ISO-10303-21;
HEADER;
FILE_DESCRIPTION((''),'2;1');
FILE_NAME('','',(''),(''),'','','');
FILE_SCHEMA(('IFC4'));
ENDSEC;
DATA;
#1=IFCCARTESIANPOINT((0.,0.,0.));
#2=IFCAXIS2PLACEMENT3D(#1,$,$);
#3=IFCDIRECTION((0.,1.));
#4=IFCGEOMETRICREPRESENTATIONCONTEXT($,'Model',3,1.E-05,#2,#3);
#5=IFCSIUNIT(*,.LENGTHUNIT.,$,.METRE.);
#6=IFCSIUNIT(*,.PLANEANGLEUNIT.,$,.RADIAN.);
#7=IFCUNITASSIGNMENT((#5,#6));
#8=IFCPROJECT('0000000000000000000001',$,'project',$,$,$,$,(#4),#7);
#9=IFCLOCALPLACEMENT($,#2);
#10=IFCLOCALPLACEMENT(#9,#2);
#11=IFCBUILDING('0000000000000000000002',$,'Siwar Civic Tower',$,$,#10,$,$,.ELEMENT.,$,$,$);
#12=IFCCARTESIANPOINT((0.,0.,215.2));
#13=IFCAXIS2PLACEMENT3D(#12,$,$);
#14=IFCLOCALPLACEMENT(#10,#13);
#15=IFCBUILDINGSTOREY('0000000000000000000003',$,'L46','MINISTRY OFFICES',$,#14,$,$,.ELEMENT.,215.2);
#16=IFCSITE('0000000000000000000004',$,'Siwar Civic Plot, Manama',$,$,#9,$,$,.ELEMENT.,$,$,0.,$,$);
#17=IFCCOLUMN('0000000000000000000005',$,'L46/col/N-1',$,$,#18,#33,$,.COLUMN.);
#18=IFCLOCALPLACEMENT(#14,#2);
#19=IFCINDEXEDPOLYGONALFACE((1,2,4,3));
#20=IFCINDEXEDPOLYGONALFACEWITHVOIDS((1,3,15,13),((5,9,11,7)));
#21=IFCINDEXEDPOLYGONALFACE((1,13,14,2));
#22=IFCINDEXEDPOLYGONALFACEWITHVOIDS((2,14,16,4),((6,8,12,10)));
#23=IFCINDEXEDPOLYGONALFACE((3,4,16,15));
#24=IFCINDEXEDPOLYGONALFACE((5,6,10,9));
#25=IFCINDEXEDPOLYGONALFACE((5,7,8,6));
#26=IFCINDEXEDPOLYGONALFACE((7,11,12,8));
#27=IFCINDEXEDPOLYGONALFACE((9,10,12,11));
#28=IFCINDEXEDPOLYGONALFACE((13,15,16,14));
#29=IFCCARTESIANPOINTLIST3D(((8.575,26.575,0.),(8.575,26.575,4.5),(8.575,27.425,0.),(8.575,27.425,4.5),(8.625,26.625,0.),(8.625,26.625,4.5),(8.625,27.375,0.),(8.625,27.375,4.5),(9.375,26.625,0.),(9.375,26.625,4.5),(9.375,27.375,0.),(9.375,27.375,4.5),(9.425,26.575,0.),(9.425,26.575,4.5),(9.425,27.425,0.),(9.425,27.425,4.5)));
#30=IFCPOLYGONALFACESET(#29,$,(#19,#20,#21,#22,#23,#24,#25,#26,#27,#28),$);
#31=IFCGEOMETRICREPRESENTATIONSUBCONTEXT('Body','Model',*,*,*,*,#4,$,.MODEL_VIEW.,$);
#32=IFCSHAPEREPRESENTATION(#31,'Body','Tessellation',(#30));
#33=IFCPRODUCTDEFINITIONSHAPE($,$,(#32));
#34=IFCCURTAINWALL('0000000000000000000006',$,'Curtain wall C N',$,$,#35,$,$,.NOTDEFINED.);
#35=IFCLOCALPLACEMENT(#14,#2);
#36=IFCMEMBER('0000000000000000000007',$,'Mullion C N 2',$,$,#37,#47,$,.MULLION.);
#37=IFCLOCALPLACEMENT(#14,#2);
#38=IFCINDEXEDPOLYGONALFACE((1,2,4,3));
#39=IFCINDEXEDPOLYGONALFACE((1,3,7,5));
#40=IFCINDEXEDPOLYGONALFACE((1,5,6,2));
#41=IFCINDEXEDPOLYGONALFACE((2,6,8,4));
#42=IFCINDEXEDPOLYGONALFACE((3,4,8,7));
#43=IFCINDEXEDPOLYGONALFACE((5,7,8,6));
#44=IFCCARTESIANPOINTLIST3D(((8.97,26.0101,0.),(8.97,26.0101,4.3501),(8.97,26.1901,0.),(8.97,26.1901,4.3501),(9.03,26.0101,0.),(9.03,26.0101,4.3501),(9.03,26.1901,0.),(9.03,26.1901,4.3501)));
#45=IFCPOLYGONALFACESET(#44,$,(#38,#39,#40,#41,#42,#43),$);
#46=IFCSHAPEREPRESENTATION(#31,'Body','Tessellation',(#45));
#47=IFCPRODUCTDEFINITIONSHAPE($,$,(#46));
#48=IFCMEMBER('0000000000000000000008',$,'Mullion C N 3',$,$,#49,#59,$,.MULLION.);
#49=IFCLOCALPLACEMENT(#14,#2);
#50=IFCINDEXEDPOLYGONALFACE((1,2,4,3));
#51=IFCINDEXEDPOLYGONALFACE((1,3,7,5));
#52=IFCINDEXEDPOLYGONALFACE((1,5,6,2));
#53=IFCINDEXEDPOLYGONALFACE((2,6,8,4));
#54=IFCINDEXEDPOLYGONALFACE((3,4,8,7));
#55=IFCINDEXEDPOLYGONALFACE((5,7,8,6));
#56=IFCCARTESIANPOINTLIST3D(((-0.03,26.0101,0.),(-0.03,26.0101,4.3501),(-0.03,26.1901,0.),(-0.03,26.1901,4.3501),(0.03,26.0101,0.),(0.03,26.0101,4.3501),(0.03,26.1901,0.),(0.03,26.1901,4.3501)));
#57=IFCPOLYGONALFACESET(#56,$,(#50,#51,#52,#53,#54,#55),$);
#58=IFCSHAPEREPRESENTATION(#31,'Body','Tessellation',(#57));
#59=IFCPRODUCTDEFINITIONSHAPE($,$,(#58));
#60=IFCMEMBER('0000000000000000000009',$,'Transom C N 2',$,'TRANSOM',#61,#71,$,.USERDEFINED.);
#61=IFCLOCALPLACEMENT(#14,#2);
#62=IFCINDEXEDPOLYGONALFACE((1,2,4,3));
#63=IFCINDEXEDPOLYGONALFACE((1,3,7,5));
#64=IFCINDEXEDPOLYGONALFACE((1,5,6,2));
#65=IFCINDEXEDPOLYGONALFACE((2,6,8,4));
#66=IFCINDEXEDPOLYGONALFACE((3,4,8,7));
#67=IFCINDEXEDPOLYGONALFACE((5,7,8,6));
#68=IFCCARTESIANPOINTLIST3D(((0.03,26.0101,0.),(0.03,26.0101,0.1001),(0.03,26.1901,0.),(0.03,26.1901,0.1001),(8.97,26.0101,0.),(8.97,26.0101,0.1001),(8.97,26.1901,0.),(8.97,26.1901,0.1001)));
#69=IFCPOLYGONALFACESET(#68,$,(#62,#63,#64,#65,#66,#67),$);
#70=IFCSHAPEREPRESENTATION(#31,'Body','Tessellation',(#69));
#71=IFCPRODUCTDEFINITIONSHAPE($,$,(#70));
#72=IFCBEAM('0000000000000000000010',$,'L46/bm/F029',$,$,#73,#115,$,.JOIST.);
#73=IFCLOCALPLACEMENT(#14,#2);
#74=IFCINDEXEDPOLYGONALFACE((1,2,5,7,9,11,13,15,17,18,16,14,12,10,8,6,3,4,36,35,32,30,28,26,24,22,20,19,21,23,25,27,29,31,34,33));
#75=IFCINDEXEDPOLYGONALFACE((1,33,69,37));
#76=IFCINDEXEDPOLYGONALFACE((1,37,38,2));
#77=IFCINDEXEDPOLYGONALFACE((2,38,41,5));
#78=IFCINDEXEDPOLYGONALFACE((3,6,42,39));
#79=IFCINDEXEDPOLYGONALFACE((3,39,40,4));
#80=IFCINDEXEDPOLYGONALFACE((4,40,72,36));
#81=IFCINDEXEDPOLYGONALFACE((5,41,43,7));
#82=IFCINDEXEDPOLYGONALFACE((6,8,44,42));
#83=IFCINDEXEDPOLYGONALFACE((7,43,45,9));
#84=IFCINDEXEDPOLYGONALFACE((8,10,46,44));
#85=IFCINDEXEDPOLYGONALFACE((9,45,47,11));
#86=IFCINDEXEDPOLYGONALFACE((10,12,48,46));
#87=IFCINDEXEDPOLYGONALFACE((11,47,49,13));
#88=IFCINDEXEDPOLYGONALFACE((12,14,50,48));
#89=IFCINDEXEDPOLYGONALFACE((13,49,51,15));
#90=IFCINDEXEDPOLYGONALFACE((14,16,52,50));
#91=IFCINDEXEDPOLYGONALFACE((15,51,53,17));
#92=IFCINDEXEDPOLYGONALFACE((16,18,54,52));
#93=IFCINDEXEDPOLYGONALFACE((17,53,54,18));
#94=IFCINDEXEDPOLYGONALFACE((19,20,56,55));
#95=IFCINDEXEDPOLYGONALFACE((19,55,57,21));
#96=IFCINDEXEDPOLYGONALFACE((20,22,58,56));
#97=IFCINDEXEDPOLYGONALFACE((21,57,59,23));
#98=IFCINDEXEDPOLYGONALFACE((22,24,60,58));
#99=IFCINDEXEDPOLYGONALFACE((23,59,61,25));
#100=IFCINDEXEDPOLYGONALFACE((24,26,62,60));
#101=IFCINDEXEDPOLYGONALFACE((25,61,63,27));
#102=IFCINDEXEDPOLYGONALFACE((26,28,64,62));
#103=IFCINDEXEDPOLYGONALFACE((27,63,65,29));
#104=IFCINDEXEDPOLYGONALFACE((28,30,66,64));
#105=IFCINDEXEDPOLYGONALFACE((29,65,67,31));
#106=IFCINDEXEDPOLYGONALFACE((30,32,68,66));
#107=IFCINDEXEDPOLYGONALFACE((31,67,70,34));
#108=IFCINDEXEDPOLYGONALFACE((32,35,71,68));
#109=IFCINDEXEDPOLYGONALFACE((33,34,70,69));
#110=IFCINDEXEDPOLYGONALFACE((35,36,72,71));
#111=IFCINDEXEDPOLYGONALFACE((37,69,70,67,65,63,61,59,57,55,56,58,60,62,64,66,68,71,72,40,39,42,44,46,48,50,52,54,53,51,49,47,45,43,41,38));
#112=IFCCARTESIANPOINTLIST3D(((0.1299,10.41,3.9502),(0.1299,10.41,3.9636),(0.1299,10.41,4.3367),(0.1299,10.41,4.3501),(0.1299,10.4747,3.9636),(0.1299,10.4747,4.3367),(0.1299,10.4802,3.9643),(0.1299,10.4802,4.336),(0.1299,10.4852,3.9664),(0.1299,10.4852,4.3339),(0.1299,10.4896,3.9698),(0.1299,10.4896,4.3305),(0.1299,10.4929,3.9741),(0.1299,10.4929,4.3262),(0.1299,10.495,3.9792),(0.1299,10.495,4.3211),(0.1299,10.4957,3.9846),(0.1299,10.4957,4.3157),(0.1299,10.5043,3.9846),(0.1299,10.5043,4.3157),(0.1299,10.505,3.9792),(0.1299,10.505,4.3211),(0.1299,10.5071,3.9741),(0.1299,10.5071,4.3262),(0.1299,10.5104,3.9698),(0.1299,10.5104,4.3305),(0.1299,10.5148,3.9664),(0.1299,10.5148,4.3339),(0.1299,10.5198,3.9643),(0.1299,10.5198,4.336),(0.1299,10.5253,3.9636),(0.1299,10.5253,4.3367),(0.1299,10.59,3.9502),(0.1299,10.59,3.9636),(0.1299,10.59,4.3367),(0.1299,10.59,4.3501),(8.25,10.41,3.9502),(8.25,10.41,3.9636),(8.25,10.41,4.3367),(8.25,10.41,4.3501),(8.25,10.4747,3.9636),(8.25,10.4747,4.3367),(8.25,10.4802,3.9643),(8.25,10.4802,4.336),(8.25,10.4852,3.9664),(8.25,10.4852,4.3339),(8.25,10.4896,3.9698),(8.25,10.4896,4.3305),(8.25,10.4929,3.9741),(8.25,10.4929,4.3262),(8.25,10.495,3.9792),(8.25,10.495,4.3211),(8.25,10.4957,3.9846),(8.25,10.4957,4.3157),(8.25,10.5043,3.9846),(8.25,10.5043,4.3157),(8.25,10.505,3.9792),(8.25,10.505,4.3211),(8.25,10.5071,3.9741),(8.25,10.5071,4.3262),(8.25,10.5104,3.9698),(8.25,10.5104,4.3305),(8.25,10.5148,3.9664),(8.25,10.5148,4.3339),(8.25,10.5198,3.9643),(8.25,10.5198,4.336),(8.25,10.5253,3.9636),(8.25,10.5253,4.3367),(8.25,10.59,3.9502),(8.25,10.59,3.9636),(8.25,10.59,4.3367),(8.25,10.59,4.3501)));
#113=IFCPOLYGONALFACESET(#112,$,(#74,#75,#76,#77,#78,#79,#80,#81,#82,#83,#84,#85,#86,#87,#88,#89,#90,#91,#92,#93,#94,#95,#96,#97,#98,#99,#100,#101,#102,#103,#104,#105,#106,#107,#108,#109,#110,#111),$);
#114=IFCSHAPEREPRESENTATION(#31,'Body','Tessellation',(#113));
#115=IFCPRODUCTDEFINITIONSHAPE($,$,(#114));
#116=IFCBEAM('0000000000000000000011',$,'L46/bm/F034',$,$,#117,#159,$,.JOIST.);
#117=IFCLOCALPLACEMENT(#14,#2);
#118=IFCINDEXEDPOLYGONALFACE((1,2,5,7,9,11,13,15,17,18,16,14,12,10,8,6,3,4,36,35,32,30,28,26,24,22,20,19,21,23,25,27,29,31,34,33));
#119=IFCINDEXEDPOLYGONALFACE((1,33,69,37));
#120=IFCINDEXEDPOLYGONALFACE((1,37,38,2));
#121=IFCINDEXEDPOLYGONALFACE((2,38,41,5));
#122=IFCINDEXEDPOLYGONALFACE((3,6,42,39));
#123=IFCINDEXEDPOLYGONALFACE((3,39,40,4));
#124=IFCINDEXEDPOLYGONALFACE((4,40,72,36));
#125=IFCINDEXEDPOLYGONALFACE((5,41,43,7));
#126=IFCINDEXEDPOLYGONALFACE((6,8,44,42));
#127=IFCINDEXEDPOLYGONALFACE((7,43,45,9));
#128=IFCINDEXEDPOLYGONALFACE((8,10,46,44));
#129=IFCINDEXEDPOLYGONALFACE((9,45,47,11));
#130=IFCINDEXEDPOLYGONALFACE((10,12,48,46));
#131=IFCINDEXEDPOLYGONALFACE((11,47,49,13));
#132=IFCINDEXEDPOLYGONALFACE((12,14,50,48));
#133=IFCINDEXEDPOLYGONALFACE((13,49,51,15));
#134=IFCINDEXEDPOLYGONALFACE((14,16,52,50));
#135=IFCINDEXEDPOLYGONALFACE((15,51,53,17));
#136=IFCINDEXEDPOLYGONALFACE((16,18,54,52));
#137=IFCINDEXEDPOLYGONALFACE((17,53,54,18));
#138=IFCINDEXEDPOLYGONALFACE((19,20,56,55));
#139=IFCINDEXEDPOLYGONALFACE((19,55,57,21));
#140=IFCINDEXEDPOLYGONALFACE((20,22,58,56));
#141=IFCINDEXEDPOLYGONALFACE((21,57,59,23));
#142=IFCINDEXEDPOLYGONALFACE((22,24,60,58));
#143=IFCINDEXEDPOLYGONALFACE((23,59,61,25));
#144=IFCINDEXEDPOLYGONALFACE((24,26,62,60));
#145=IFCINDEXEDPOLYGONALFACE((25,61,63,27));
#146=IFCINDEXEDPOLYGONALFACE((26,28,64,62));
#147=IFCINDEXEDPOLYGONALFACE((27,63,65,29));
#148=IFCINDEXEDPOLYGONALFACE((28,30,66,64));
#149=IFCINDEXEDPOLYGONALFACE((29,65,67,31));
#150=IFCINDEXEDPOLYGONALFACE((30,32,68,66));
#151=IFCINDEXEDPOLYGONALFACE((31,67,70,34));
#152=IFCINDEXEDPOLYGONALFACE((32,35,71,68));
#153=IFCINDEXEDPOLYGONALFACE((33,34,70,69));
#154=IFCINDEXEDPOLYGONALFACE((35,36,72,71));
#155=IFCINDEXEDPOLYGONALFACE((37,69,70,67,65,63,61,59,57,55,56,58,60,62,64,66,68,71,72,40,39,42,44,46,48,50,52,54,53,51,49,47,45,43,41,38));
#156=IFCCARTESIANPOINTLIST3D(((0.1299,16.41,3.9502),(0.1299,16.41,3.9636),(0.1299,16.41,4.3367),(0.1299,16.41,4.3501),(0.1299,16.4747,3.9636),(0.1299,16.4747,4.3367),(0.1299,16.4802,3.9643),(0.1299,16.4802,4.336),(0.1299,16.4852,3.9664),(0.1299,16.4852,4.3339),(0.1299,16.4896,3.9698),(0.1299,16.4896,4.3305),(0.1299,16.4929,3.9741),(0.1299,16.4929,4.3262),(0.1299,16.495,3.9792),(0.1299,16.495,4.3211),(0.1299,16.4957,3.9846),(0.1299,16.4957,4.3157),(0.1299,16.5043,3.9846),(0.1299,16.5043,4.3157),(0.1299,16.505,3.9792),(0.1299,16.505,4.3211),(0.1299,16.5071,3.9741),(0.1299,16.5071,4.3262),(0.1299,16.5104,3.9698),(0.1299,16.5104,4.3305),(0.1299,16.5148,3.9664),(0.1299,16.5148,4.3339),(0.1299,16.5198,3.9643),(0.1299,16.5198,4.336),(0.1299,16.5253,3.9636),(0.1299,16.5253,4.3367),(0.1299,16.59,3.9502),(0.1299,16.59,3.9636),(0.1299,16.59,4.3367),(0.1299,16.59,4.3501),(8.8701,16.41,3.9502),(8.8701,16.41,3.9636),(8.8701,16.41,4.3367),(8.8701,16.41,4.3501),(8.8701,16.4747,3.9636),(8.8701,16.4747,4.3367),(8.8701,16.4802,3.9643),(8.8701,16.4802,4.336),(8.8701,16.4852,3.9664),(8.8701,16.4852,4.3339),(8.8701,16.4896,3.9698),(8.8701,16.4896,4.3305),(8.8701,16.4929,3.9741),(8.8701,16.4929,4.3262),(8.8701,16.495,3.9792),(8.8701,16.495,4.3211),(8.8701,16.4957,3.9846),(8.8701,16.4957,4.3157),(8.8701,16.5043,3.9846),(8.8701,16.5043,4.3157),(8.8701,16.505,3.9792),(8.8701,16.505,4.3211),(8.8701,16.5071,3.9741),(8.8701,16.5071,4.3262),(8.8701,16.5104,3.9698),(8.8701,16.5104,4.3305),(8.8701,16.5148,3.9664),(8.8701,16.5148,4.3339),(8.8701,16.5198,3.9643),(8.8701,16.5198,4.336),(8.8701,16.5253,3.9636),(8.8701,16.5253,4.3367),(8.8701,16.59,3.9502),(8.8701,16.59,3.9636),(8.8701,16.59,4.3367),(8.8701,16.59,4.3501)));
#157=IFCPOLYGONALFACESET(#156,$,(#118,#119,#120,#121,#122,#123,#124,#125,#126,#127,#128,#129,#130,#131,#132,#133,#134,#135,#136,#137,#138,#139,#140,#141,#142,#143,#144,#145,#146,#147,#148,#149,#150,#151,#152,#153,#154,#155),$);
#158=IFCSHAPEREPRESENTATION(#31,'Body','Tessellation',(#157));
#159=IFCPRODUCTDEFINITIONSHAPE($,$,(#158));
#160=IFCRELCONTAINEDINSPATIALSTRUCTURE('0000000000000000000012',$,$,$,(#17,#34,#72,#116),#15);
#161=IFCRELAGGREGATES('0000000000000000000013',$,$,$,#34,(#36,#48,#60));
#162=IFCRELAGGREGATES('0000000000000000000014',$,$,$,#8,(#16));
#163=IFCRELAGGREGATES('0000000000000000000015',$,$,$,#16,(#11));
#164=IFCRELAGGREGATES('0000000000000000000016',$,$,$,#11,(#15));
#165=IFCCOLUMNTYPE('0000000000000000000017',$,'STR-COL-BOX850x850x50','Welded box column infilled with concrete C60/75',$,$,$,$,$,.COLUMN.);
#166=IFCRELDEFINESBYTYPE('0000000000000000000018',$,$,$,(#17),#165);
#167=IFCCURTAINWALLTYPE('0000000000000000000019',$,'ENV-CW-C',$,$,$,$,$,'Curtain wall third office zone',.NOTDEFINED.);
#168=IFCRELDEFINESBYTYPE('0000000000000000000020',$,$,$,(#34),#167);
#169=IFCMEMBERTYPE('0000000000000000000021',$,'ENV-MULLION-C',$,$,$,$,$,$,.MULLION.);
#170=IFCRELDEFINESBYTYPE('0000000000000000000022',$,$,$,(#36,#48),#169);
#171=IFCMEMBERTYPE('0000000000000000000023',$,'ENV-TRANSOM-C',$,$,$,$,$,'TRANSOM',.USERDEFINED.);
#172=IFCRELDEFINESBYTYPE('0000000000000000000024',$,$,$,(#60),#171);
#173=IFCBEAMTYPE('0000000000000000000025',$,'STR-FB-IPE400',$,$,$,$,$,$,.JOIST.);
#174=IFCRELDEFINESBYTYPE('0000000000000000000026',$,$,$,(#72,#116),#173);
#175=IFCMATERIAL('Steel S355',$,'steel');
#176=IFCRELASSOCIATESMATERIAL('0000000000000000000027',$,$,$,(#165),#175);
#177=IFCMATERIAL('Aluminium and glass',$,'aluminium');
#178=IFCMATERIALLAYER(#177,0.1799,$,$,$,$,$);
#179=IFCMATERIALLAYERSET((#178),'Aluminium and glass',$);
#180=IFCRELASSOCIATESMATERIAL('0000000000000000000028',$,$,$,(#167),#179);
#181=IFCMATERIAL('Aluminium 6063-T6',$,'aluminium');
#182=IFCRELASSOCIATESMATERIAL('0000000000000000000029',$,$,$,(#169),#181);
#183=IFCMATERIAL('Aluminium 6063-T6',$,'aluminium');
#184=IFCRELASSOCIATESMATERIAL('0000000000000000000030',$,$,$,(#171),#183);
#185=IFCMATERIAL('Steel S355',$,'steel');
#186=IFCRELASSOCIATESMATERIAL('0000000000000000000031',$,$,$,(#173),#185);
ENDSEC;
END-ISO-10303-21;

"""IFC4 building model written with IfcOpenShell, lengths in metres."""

from ifc_helpers import new_model, si_unit, direction, frame, origin, origin_2d, place, context, subcontext, project, spatial, rectangle, hollow_rectangle, i_section, extrude, material, layer, layer_set, material_profile, profile_set, type_object, element, aggregate, save


model = new_model("IFC4")

# Units and contexts
model_context = context("Model", 3, precision=1e-05, world=origin(), true_north=direction((0.0, 1.0)))
body_context = subcontext(model_context, "Body", "Model", "MODEL_VIEW")
ifc_project = project(units=[si_unit("LENGTHUNIT", "METRE"), si_unit("PLANEANGLEUNIT", "RADIAN")], contexts=[model_context])

# Site, building, storey
site_placement = place(None, origin())
site = spatial("IfcSite", under=ifc_project, at=site_placement, Name="Siwar Civic Plot, Manama", CompositionType="ELEMENT", RefElevation=0.0)
building_placement = place(site_placement, origin())
building = spatial("IfcBuilding", under=site, at=building_placement, Name="Siwar Civic Tower", CompositionType="ELEMENT")
storey_placement = place(building_placement, frame((0.0, 0.0, 215.2)))
storey = spatial("IfcBuildingStorey", under=building, at=storey_placement, Name="L46", Description="MINISTRY OFFICES", CompositionType="ELEMENT", Elevation=215.2)

# Column
ifc_material_1 = material(Name="Steel S355", Category="steel")
ifc_material_profile_1 = material_profile(ifc_material_1, hollow_rectangle(XDim=0.8501, YDim=0.8501, WallThickness=0.05, at=origin_2d()), Name="BOX850x850x50")
ifc_profile_set_1 = profile_set([ifc_material_profile_1], Name="Steel S355")
column_type = type_object("IfcColumnType", Name="STR-COL-BOX850x850x50", Description="Welded box column infilled with concrete C60/75", PredefinedType="COLUMN", material=ifc_profile_set_1)
column_placement = place(storey_placement, frame((9.0, 27.0, 0.0), z_axis=(0.0, 0.0, 1.0), x_axis=(1.0, 0.0, 0.0)))
element("IfcColumn", 1, at=column_placement, inside=storey, type_object=column_type, Name="L46/col/N-1", PredefinedType="COLUMN", context=body_context, shape_type="SweptSolid", body=[
    extrude(hollow_rectangle(XDim=0.8501, YDim=0.8501, WallThickness=0.05, at=origin_2d()), origin(), (0.0, 0.0, 1.0), 4.5),
])

# Curtain wall, members
ifc_material_2 = material(Name="Aluminium and glass", Category="aluminium")
ifc_layer_1 = layer(ifc_material_2, 0.1799)
ifc_layer_set_1 = layer_set([ifc_layer_1], Name="Aluminium and glass")
curtain_wall_type = type_object("IfcCurtainWallType", Name="ENV-CW-C", ElementType="Curtain wall third office zone", PredefinedType="NOTDEFINED", material=ifc_layer_set_1)
curtain_wall_placement = place(storey_placement, origin())
curtain_wall = element("IfcCurtainWall", 2, at=curtain_wall_placement, inside=storey, type_object=curtain_wall_type, Name="Curtain wall C N", PredefinedType="NOTDEFINED")
ifc_material_3 = material(Name="Aluminium 6063-T6", Category="aluminium")
ifc_material_profile_2 = material_profile(ifc_material_3, rectangle(XDim=0.1799, YDim=0.0601, at=origin_2d()), Name="AL 180x60")
ifc_profile_set_2 = profile_set([ifc_material_profile_2], Name="Aluminium 6063-T6")
member_type_1 = type_object("IfcMemberType", Name="ENV-MULLION-C", PredefinedType="MULLION", material=ifc_profile_set_2)
member_1_placement = place(storey_placement, frame((9.0, 26.1001, 0.0), z_axis=(0.0, 0.0, 1.0), x_axis=(0.0, -1.0, 0.0)))
member_1 = element("IfcMember", 3, at=member_1_placement, type_object=member_type_1, Name="Mullion C N 2", PredefinedType="MULLION", context=body_context, shape_type="SweptSolid", body=[
    extrude(rectangle(XDim=0.1799, YDim=0.0601, at=origin_2d()), origin(), (0.0, 0.0, 1.0), 4.3501),
])
member_2_placement = place(storey_placement, frame((0.0, 26.1001, 0.0), z_axis=(0.0, 0.0, 1.0), x_axis=(0.0, -1.0, 0.0)))
member_2 = element("IfcMember", 4, at=member_2_placement, type_object=member_type_1, Name="Mullion C N 3", PredefinedType="MULLION", context=body_context, shape_type="SweptSolid", body=[
    extrude(rectangle(XDim=0.1799, YDim=0.0601, at=origin_2d()), origin(), (0.0, 0.0, 1.0), 4.3501),
])
ifc_material_4 = material(Name="Aluminium 6063-T6", Category="aluminium")
ifc_material_profile_3 = material_profile(ifc_material_4, rectangle(XDim=0.1799, YDim=0.1001, at=origin_2d()), Name="AL 180x100")
ifc_profile_set_3 = profile_set([ifc_material_profile_3], Name="Aluminium 6063-T6")
member_type_2 = type_object("IfcMemberType", Name="ENV-TRANSOM-C", ElementType="TRANSOM", PredefinedType="USERDEFINED", material=ifc_profile_set_3)
member_3_placement = place(storey_placement, frame((8.97, 26.1001, 0.05), z_axis=(-1.0, 0.0, 0.0), x_axis=(0.0, -1.0, 0.0)))
member_3 = element("IfcMember", 5, at=member_3_placement, type_object=member_type_2, Name="Transom C N 2", ObjectType="TRANSOM", PredefinedType="USERDEFINED", context=body_context, shape_type="SweptSolid", body=[
    extrude(rectangle(XDim=0.1799, YDim=0.1001, at=origin_2d()), origin(), (0.0, 0.0, 1.0), 8.9399),
])

# Beams
ifc_material_5 = material(Name="Steel S355", Category="steel")
ifc_material_profile_4 = material_profile(ifc_material_5, i_section(OverallWidth=0.1799, OverallDepth=0.3999, WebThickness=0.0085, FlangeThickness=0.0134, FilletRadius=0.021, at=origin_2d()), Name="IPE400")
ifc_profile_set_4 = profile_set([ifc_material_profile_4], Name="Steel S355")
beam_type_1 = type_object("IfcBeamType", Name="STR-FB-IPE400", PredefinedType="JOIST", material=ifc_profile_set_4)
beam_1_placement = place(storey_placement, frame((0.1299, 10.5, 4.1501), z_axis=(1.0, 0.0, 0.0), x_axis=(0.0, 1.0, 0.0)))
element("IfcBeam", 6, at=beam_1_placement, inside=storey, type_object=beam_type_1, Name="L46/bm/F029", PredefinedType="JOIST", context=body_context, shape_type="SweptSolid", body=[
    extrude(i_section(OverallWidth=0.1799, OverallDepth=0.3999, WebThickness=0.0085, FlangeThickness=0.0134, FilletRadius=0.021, at=origin_2d()), origin(), (0.0, 0.0, 1.0), 8.1201),
])
for number, where, z_axis, x_axis, name in (
    (7, (0.1299, 16.5, 4.1501), (1.0, 0.0, 0.0), (0.0, 1.0, 0.0), "L46/bm/F034"),
):
    element("IfcBeam", number, at=place(storey_placement, frame(where, z_axis=z_axis, x_axis=x_axis)), inside=storey, type_object=beam_type_1, Name=name, PredefinedType="JOIST", context=body_context, shape_type="SweptSolid", body=[
        extrude(i_section(OverallWidth=0.1799, OverallDepth=0.3999, WebThickness=0.0085, FlangeThickness=0.0134, FilletRadius=0.021, at=origin_2d()), origin(), (0.0, 0.0, 1.0), 8.7402),
    ])

aggregate(curtain_wall, [member_1, member_2, member_3])

save(model, "model.ifc")
